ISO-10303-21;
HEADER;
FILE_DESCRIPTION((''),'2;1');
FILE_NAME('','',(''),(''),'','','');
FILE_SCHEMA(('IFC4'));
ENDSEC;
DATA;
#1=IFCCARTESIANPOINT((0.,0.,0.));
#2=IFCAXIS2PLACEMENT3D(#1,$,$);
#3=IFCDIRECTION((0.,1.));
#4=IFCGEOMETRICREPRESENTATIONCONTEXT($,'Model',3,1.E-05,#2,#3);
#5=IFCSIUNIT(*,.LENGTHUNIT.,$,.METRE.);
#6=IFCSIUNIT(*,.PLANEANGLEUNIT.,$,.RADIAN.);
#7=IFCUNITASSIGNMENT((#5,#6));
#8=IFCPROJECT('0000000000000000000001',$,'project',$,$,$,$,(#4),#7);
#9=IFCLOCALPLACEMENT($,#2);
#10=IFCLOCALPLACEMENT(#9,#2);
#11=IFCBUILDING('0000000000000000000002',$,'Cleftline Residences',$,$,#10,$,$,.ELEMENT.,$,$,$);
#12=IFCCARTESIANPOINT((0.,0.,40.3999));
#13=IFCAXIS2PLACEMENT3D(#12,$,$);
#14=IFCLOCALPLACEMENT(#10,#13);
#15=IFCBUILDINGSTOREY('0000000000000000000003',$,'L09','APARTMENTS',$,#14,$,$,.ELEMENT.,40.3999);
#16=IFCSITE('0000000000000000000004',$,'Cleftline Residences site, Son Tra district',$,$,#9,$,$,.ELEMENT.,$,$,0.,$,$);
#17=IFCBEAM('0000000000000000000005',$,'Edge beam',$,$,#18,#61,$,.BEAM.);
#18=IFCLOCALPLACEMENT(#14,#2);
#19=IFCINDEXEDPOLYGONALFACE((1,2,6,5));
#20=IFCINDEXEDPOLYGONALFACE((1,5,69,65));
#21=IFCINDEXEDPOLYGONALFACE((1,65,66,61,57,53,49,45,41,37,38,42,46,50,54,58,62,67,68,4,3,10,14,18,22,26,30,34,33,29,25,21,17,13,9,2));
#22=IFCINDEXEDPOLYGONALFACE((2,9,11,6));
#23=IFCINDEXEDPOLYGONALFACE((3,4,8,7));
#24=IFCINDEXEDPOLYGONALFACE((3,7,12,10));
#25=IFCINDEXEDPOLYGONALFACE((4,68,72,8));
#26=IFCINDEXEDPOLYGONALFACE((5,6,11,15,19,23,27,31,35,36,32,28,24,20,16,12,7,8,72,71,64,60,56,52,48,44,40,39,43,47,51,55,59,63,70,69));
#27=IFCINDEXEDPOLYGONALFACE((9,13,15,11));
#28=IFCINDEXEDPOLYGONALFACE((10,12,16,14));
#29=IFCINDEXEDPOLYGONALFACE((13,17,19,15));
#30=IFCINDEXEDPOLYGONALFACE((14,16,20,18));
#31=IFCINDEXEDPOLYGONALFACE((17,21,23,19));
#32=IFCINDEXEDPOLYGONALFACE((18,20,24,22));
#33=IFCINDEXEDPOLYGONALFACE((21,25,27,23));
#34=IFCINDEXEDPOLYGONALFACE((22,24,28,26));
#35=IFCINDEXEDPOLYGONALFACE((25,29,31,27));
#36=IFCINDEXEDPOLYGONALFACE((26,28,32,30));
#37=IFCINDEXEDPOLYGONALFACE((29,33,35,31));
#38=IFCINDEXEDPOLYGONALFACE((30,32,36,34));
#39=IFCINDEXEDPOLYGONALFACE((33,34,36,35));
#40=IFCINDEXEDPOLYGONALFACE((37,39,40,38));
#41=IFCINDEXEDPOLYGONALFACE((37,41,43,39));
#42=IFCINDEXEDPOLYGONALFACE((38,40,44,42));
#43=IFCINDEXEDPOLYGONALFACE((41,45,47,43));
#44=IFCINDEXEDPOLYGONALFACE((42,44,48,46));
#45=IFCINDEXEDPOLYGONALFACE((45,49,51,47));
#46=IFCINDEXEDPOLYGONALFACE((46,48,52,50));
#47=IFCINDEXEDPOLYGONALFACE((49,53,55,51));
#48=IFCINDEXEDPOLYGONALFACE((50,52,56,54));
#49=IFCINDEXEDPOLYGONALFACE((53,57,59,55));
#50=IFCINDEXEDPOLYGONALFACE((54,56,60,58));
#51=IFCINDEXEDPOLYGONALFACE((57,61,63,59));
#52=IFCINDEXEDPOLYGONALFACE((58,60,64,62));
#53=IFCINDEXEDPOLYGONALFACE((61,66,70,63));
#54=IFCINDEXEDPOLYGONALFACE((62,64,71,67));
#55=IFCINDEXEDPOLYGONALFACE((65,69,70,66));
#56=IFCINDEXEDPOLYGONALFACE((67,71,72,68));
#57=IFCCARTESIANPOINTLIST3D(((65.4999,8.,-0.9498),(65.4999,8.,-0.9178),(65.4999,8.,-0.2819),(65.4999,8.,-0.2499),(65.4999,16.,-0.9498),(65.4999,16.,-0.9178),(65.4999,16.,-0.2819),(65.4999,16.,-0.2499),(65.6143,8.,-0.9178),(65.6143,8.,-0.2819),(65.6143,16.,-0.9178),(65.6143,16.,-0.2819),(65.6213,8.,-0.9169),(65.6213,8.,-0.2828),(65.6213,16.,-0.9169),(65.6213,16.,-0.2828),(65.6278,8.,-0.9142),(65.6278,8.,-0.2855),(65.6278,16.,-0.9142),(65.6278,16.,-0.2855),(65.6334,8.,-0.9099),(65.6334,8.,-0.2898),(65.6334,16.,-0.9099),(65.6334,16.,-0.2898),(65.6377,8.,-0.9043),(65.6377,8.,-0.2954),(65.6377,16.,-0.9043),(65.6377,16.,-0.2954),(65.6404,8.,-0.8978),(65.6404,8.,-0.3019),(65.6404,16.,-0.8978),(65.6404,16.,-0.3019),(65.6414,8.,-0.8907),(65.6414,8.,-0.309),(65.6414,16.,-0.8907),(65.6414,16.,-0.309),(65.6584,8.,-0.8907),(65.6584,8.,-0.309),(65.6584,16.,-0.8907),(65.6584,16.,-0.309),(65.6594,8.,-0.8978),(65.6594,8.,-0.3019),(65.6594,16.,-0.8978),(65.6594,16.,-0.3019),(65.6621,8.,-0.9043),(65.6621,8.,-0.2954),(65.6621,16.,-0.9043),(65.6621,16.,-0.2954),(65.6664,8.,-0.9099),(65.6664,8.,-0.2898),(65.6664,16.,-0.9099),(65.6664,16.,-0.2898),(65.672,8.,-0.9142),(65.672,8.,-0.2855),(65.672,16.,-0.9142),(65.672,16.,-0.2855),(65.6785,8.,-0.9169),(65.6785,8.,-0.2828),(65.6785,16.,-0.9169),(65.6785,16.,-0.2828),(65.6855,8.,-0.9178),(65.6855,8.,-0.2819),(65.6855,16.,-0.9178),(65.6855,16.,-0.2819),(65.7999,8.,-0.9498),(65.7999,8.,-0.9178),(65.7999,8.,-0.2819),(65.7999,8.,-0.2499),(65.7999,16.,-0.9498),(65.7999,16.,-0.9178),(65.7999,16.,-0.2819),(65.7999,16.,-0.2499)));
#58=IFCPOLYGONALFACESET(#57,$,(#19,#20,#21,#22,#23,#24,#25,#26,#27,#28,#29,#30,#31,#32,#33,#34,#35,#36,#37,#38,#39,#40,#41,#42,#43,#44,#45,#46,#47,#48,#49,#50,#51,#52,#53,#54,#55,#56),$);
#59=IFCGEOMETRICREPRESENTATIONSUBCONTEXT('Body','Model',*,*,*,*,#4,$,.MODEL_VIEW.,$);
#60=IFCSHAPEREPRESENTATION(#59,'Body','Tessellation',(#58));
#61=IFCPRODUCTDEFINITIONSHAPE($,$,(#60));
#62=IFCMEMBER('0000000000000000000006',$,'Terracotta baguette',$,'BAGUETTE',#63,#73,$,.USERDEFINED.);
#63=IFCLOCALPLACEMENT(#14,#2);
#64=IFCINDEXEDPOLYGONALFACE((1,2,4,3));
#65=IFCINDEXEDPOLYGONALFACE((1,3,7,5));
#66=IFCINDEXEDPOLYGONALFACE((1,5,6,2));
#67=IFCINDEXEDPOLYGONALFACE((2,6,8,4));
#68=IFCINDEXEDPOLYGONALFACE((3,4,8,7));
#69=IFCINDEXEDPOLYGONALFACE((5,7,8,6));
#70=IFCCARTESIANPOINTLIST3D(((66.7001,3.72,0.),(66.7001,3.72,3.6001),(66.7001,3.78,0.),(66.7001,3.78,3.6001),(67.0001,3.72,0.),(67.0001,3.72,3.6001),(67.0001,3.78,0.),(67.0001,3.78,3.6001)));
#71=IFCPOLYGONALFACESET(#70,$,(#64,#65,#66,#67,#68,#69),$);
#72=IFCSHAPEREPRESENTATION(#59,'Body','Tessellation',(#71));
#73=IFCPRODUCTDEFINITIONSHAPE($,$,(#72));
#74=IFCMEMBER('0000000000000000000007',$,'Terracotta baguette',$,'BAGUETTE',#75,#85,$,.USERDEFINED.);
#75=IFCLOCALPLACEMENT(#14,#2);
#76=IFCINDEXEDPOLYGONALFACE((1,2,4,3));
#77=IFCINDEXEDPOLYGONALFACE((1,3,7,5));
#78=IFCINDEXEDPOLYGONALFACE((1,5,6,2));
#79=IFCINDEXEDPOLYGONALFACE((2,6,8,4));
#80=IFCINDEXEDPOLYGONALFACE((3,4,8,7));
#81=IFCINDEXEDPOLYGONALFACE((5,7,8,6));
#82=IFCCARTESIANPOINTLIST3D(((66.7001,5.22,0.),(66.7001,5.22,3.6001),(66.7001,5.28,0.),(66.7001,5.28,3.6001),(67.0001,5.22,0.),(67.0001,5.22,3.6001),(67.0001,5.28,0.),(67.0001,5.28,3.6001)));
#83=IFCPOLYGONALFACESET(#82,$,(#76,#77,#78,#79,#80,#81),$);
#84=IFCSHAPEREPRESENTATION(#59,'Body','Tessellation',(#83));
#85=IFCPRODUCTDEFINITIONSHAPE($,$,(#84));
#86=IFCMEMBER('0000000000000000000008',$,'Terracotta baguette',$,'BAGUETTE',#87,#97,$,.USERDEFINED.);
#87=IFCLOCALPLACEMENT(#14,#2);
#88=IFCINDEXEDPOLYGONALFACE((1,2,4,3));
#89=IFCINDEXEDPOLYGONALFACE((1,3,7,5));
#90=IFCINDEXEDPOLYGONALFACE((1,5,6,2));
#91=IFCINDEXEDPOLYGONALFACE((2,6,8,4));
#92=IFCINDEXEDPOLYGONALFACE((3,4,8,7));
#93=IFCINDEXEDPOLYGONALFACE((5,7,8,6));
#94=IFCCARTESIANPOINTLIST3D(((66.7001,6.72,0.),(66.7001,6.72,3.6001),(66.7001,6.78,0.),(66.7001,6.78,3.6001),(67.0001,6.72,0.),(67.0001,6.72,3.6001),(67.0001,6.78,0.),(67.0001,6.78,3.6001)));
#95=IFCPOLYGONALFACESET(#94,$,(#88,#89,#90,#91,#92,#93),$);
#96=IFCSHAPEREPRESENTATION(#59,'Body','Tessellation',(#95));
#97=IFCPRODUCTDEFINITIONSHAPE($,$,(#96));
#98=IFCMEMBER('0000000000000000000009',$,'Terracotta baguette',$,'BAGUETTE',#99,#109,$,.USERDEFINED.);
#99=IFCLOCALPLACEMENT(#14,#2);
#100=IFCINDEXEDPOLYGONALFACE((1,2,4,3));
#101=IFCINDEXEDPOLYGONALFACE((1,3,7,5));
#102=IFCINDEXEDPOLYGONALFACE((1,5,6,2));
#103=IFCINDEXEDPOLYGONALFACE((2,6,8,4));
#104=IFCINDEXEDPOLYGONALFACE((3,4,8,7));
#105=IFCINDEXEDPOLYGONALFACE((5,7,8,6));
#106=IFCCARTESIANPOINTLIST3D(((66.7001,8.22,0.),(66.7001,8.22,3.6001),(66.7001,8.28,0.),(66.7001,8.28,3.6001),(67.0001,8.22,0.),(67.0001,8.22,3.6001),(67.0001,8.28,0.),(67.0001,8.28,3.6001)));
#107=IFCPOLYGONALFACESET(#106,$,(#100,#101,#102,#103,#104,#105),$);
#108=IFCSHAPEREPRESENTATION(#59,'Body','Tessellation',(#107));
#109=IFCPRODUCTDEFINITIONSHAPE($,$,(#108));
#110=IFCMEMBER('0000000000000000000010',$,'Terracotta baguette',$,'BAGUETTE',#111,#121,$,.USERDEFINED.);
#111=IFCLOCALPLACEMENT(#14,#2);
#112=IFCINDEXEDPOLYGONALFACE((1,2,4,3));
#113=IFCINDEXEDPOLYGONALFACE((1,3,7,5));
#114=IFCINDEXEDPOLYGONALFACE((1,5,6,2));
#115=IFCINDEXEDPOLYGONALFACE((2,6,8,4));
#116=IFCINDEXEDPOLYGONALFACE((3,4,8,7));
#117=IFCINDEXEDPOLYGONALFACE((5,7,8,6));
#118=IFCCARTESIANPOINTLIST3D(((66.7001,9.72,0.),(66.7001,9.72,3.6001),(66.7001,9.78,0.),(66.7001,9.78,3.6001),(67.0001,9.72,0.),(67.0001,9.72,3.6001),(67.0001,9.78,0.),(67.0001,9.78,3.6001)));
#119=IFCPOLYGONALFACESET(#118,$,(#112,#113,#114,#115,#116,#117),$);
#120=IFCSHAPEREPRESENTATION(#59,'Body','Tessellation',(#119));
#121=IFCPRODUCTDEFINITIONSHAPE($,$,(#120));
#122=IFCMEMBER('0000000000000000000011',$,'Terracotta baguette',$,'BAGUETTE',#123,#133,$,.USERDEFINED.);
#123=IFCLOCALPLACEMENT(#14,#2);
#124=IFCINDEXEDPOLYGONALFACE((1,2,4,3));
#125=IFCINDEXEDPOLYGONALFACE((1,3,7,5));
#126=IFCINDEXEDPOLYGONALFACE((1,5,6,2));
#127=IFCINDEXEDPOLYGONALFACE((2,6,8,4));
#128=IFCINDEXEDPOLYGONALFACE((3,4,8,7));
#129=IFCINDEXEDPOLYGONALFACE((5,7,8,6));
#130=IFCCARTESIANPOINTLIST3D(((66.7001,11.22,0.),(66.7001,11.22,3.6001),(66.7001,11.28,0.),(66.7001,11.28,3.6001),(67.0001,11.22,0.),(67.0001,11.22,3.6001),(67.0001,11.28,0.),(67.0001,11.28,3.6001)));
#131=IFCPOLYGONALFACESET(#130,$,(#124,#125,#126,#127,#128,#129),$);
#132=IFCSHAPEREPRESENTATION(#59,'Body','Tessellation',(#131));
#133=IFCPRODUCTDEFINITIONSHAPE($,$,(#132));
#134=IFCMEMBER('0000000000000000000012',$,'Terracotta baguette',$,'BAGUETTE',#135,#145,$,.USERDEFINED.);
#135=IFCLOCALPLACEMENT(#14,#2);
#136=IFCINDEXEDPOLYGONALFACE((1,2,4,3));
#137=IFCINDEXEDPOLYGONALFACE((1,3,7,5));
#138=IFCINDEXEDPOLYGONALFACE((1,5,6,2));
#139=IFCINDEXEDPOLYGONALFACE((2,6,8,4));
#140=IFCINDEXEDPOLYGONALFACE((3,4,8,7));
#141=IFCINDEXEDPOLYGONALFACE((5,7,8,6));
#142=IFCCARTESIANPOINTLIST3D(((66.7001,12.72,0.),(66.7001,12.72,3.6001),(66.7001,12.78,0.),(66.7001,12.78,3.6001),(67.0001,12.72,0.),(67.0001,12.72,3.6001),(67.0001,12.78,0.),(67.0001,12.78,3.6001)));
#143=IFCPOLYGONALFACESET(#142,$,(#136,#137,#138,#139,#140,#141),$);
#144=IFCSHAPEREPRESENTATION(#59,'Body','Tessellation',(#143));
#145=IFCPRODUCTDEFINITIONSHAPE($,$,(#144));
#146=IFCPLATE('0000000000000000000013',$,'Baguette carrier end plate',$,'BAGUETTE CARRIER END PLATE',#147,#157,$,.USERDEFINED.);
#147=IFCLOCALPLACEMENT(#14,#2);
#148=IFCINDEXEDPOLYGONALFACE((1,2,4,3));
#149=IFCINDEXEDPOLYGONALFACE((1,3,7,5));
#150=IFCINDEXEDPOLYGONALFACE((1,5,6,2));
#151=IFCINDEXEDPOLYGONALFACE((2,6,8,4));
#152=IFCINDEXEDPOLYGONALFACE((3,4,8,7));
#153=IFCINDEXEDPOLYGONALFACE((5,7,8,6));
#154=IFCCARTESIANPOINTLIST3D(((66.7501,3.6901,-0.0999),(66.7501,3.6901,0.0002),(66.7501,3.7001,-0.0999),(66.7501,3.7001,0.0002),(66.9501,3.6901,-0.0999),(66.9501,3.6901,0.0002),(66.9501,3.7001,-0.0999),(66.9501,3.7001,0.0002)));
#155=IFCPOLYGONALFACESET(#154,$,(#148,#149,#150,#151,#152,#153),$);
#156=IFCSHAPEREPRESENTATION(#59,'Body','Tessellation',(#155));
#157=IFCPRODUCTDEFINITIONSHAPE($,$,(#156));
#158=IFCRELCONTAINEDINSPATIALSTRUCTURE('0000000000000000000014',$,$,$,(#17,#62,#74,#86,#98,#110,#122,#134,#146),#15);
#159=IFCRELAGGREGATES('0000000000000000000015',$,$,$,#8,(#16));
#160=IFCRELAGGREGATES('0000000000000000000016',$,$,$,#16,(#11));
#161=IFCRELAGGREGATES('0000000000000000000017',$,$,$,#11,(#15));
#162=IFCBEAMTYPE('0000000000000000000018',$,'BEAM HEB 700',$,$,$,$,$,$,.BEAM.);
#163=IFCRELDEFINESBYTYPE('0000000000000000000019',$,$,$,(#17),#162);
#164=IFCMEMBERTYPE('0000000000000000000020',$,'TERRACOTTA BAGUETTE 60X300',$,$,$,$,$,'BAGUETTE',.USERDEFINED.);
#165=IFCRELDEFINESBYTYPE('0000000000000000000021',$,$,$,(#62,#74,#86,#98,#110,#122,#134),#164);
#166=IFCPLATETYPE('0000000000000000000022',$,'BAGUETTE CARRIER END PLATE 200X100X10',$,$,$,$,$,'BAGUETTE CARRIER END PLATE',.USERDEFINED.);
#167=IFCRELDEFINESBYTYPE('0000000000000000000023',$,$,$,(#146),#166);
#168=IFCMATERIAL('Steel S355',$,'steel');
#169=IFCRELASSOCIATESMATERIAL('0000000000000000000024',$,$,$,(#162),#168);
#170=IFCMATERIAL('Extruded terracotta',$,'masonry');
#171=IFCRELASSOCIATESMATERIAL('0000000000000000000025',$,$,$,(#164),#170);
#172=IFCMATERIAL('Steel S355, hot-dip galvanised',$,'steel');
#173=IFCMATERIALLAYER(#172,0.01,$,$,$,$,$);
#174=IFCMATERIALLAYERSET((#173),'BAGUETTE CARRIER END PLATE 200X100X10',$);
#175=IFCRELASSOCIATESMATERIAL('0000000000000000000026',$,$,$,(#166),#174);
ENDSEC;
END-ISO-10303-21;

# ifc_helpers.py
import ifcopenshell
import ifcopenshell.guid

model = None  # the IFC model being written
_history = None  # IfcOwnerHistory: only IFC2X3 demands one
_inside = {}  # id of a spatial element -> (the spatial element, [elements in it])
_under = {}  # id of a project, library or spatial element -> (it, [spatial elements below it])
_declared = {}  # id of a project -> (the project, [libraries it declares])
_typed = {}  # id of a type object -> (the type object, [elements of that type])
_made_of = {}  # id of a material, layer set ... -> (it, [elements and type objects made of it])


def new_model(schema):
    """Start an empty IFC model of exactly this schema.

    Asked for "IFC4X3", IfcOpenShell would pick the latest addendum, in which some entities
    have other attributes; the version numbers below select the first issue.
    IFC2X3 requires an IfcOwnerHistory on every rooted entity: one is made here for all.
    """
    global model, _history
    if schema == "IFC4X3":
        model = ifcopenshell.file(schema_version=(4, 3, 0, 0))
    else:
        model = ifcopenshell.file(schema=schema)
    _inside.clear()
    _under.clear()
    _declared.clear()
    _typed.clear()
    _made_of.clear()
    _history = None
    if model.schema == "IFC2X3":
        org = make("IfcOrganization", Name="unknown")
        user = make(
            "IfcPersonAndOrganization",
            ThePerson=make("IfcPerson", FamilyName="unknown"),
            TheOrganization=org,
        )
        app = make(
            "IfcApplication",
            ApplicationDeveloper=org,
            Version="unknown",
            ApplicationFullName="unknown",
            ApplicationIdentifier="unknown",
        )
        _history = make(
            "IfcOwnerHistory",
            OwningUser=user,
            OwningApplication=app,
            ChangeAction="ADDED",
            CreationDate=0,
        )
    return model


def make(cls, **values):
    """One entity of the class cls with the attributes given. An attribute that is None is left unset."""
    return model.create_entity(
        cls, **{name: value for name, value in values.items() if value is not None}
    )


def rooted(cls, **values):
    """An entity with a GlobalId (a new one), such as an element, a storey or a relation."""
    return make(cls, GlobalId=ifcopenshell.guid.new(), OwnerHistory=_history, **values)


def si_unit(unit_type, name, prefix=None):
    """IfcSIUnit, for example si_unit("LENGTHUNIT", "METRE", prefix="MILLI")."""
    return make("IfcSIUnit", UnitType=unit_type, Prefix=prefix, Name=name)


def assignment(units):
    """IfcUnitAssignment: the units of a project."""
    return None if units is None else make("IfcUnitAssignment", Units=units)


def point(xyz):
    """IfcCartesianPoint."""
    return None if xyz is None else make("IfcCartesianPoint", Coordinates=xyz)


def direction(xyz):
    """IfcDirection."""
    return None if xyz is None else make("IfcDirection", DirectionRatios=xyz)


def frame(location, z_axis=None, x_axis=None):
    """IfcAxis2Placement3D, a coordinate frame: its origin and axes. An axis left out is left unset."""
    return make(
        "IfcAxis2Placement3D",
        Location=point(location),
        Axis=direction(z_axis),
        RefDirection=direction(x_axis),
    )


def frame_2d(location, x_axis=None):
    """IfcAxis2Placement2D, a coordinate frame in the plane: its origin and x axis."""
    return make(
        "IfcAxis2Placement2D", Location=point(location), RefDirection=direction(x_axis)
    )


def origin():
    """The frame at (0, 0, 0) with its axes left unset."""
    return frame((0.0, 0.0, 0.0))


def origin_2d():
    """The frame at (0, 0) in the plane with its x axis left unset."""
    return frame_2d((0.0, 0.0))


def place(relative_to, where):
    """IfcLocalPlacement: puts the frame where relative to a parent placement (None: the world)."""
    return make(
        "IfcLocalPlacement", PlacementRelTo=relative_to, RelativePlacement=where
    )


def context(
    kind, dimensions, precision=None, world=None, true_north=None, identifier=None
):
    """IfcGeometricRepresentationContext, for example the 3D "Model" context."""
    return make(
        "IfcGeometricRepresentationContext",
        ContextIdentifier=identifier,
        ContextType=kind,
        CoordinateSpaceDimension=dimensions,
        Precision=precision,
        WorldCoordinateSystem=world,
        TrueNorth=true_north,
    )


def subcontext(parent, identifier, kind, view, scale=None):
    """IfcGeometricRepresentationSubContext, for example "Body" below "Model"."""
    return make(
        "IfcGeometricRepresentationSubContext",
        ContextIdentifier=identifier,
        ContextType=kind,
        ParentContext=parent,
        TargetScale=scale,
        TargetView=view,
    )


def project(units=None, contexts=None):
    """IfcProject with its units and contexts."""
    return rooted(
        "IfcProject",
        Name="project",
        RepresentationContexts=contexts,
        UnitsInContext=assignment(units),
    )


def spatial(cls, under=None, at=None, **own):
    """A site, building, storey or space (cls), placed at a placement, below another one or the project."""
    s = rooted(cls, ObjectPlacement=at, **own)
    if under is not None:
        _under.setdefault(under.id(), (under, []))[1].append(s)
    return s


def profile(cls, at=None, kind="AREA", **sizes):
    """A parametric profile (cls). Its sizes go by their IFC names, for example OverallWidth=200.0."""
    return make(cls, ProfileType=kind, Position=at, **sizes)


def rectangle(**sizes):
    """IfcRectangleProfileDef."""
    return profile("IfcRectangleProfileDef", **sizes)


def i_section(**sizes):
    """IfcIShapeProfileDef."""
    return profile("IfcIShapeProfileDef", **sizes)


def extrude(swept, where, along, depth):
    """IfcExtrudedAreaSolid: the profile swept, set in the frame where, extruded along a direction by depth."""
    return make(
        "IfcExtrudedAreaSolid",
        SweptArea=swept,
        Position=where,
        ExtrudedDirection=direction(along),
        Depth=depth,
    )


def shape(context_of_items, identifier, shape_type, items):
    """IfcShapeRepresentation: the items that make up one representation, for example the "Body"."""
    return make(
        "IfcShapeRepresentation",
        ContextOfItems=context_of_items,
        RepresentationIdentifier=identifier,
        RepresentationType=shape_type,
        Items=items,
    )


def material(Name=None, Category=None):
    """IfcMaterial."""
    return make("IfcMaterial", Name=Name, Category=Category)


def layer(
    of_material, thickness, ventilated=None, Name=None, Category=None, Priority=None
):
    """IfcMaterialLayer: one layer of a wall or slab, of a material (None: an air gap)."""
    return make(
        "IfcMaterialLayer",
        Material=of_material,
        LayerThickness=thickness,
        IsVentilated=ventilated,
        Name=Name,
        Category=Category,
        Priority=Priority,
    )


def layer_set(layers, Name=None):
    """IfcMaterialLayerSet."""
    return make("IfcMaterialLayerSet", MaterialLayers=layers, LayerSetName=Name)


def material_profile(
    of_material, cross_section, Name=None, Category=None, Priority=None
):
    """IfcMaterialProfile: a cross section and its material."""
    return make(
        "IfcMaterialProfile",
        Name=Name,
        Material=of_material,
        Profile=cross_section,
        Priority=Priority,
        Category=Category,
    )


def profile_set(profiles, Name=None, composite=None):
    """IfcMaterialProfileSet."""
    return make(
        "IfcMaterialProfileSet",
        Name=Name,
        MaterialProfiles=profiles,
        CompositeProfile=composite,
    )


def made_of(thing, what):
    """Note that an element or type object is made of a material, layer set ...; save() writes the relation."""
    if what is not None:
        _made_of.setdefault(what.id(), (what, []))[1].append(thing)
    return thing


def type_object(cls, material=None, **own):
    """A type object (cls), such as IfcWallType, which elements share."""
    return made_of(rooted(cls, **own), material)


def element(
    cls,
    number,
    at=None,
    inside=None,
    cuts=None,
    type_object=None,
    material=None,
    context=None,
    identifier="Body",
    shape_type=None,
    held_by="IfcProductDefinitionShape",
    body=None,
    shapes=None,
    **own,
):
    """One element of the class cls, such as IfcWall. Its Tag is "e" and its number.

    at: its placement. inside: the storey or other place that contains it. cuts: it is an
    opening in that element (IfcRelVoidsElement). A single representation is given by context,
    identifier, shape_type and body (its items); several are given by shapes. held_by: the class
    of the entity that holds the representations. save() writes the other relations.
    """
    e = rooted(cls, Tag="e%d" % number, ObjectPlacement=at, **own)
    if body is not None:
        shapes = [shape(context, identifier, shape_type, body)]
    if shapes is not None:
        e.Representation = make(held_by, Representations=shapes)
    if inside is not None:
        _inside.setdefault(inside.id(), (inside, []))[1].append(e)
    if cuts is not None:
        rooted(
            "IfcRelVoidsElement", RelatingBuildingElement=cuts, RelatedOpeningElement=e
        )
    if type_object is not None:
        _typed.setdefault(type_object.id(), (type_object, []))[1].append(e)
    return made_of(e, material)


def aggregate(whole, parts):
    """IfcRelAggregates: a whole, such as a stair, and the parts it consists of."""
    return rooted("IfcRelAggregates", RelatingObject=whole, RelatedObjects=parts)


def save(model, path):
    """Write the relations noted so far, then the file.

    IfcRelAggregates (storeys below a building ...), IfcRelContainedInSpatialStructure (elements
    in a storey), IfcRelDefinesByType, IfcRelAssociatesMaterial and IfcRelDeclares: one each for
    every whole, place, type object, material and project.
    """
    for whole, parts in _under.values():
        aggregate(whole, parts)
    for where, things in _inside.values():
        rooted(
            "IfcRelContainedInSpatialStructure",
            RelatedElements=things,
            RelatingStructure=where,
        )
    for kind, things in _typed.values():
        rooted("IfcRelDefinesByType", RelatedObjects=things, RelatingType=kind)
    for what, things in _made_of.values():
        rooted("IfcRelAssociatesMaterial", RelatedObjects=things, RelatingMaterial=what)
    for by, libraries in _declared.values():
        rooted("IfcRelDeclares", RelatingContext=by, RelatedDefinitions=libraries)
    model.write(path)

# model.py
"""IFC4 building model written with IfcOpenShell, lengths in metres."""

from ifc_helpers import new_model, si_unit, direction, frame, origin, origin_2d, place, context, subcontext, project, spatial, rectangle, i_section, extrude, material, layer, layer_set, material_profile, profile_set, type_object, element, save


model = new_model("IFC4")

# Units and contexts
model_context = context("Model", 3, precision=1e-05, world=origin(), true_north=direction((0.0, 1.0)))
body_context = subcontext(model_context, "Body", "Model", "MODEL_VIEW")
ifc_project = project(units=[si_unit("LENGTHUNIT", "METRE"), si_unit("PLANEANGLEUNIT", "RADIAN")], contexts=[model_context])

# Site, building, storey
site_placement = place(None, origin())
site = spatial("IfcSite", under=ifc_project, at=site_placement, Name="Cleftline Residences site, Son Tra district", CompositionType="ELEMENT", RefElevation=0.0)
building_placement = place(site_placement, origin())
building = spatial("IfcBuilding", under=site, at=building_placement, Name="Cleftline Residences", CompositionType="ELEMENT")
storey_placement = place(building_placement, frame((0.0, 0.0, 40.3999)))
storey = spatial("IfcBuildingStorey", under=building, at=storey_placement, Name="L09", Description="APARTMENTS", CompositionType="ELEMENT", Elevation=40.3999)

# Beam
ifc_material_1 = material(Name="Steel S355", Category="steel")
ifc_material_profile_1 = material_profile(ifc_material_1, i_section(OverallWidth=0.3, OverallDepth=0.7, WebThickness=0.0171, FlangeThickness=0.032, FilletRadius=0.0271, at=origin_2d()))
ifc_profile_set_1 = profile_set([ifc_material_profile_1], Name="Steel S355")
beam_type = type_object("IfcBeamType", Name="BEAM HEB 700", PredefinedType="BEAM", material=ifc_profile_set_1)
beam_placement = place(storey_placement, frame((65.6499, 8.0, -0.5999), z_axis=(0.0, 1.0, 0.0), x_axis=(-1.0, 0.0, 0.0)))
element("IfcBeam", 1, at=beam_placement, inside=storey, type_object=beam_type, Name="Edge beam", PredefinedType="BEAM", context=body_context, shape_type="SweptSolid", body=[
    extrude(i_section(OverallWidth=0.3, OverallDepth=0.7, WebThickness=0.0171, FlangeThickness=0.032, FilletRadius=0.0271, at=origin_2d()), origin(), (0.0, 0.0, 1.0), 8.0),
])

# Members
ifc_material_2 = material(Name="Extruded terracotta", Category="masonry")
ifc_material_profile_2 = material_profile(ifc_material_2, rectangle(XDim=0.0601, YDim=0.3, at=origin_2d()))
ifc_profile_set_2 = profile_set([ifc_material_profile_2], Name="Extruded terracotta")
member_type_1 = type_object("IfcMemberType", Name="TERRACOTTA BAGUETTE 60X300", ElementType="BAGUETTE", PredefinedType="USERDEFINED", material=ifc_profile_set_2)
for number, where, z_axis, x_axis, name in (
    (2, (66.8501, 3.75, 0.0), (0.0, 0.0, 1.0), (0.0, 1.0, 0.0), "Terracotta baguette"),
    (3, (66.8501, 5.25, 0.0), (0.0, 0.0, 1.0), (0.0, 1.0, 0.0), "Terracotta baguette"),
    (4, (66.8501, 6.75, 0.0), (0.0, 0.0, 1.0), (0.0, 1.0, 0.0), "Terracotta baguette"),
    (5, (66.8501, 8.25, 0.0), (0.0, 0.0, 1.0), (0.0, 1.0, 0.0), "Terracotta baguette"),
    (6, (66.8501, 9.75, 0.0), (0.0, 0.0, 1.0), (0.0, 1.0, 0.0), "Terracotta baguette"),
    (7, (66.8501, 11.25, 0.0), (0.0, 0.0, 1.0), (0.0, 1.0, 0.0), "Terracotta baguette"),
    (8, (66.8501, 12.75, 0.0), (0.0, 0.0, 1.0), (0.0, 1.0, 0.0), "Terracotta baguette"),
):
    element("IfcMember", number, at=place(storey_placement, frame(where, z_axis=z_axis, x_axis=x_axis)), inside=storey, type_object=member_type_1, Name=name, ObjectType="BAGUETTE", PredefinedType="USERDEFINED", context=body_context, shape_type="SweptSolid", body=[
        extrude(rectangle(XDim=0.0601, YDim=0.3, at=origin_2d()), origin(), (0.0, 0.0, 1.0), 3.6001),
    ])

# Plate
ifc_material_3 = material(Name="Steel S355, hot-dip galvanised", Category="steel")
ifc_layer_1 = layer(ifc_material_3, 0.01)
ifc_layer_set_1 = layer_set([ifc_layer_1], Name="BAGUETTE CARRIER END PLATE 200X100X10")
plate_type = type_object("IfcPlateType", Name="BAGUETTE CARRIER END PLATE 200X100X10", ElementType="BAGUETTE CARRIER END PLATE", PredefinedType="USERDEFINED", material=ifc_layer_set_1)
plate_placement = place(storey_placement, frame((66.8501, 3.6951, -0.0999), z_axis=(0.0, 0.0, 1.0), x_axis=(1.0, 0.0, 0.0)))
element("IfcPlate", 9, at=plate_placement, inside=storey, type_object=plate_type, Name="Baguette carrier end plate", ObjectType="BAGUETTE CARRIER END PLATE", PredefinedType="USERDEFINED", context=body_context, shape_type="SweptSolid", body=[
    extrude(rectangle(XDim=0.2, YDim=0.01, at=origin_2d()), origin(), (0.0, 0.0, 1.0), 0.1001),
])

save(model, "model.ifc")
